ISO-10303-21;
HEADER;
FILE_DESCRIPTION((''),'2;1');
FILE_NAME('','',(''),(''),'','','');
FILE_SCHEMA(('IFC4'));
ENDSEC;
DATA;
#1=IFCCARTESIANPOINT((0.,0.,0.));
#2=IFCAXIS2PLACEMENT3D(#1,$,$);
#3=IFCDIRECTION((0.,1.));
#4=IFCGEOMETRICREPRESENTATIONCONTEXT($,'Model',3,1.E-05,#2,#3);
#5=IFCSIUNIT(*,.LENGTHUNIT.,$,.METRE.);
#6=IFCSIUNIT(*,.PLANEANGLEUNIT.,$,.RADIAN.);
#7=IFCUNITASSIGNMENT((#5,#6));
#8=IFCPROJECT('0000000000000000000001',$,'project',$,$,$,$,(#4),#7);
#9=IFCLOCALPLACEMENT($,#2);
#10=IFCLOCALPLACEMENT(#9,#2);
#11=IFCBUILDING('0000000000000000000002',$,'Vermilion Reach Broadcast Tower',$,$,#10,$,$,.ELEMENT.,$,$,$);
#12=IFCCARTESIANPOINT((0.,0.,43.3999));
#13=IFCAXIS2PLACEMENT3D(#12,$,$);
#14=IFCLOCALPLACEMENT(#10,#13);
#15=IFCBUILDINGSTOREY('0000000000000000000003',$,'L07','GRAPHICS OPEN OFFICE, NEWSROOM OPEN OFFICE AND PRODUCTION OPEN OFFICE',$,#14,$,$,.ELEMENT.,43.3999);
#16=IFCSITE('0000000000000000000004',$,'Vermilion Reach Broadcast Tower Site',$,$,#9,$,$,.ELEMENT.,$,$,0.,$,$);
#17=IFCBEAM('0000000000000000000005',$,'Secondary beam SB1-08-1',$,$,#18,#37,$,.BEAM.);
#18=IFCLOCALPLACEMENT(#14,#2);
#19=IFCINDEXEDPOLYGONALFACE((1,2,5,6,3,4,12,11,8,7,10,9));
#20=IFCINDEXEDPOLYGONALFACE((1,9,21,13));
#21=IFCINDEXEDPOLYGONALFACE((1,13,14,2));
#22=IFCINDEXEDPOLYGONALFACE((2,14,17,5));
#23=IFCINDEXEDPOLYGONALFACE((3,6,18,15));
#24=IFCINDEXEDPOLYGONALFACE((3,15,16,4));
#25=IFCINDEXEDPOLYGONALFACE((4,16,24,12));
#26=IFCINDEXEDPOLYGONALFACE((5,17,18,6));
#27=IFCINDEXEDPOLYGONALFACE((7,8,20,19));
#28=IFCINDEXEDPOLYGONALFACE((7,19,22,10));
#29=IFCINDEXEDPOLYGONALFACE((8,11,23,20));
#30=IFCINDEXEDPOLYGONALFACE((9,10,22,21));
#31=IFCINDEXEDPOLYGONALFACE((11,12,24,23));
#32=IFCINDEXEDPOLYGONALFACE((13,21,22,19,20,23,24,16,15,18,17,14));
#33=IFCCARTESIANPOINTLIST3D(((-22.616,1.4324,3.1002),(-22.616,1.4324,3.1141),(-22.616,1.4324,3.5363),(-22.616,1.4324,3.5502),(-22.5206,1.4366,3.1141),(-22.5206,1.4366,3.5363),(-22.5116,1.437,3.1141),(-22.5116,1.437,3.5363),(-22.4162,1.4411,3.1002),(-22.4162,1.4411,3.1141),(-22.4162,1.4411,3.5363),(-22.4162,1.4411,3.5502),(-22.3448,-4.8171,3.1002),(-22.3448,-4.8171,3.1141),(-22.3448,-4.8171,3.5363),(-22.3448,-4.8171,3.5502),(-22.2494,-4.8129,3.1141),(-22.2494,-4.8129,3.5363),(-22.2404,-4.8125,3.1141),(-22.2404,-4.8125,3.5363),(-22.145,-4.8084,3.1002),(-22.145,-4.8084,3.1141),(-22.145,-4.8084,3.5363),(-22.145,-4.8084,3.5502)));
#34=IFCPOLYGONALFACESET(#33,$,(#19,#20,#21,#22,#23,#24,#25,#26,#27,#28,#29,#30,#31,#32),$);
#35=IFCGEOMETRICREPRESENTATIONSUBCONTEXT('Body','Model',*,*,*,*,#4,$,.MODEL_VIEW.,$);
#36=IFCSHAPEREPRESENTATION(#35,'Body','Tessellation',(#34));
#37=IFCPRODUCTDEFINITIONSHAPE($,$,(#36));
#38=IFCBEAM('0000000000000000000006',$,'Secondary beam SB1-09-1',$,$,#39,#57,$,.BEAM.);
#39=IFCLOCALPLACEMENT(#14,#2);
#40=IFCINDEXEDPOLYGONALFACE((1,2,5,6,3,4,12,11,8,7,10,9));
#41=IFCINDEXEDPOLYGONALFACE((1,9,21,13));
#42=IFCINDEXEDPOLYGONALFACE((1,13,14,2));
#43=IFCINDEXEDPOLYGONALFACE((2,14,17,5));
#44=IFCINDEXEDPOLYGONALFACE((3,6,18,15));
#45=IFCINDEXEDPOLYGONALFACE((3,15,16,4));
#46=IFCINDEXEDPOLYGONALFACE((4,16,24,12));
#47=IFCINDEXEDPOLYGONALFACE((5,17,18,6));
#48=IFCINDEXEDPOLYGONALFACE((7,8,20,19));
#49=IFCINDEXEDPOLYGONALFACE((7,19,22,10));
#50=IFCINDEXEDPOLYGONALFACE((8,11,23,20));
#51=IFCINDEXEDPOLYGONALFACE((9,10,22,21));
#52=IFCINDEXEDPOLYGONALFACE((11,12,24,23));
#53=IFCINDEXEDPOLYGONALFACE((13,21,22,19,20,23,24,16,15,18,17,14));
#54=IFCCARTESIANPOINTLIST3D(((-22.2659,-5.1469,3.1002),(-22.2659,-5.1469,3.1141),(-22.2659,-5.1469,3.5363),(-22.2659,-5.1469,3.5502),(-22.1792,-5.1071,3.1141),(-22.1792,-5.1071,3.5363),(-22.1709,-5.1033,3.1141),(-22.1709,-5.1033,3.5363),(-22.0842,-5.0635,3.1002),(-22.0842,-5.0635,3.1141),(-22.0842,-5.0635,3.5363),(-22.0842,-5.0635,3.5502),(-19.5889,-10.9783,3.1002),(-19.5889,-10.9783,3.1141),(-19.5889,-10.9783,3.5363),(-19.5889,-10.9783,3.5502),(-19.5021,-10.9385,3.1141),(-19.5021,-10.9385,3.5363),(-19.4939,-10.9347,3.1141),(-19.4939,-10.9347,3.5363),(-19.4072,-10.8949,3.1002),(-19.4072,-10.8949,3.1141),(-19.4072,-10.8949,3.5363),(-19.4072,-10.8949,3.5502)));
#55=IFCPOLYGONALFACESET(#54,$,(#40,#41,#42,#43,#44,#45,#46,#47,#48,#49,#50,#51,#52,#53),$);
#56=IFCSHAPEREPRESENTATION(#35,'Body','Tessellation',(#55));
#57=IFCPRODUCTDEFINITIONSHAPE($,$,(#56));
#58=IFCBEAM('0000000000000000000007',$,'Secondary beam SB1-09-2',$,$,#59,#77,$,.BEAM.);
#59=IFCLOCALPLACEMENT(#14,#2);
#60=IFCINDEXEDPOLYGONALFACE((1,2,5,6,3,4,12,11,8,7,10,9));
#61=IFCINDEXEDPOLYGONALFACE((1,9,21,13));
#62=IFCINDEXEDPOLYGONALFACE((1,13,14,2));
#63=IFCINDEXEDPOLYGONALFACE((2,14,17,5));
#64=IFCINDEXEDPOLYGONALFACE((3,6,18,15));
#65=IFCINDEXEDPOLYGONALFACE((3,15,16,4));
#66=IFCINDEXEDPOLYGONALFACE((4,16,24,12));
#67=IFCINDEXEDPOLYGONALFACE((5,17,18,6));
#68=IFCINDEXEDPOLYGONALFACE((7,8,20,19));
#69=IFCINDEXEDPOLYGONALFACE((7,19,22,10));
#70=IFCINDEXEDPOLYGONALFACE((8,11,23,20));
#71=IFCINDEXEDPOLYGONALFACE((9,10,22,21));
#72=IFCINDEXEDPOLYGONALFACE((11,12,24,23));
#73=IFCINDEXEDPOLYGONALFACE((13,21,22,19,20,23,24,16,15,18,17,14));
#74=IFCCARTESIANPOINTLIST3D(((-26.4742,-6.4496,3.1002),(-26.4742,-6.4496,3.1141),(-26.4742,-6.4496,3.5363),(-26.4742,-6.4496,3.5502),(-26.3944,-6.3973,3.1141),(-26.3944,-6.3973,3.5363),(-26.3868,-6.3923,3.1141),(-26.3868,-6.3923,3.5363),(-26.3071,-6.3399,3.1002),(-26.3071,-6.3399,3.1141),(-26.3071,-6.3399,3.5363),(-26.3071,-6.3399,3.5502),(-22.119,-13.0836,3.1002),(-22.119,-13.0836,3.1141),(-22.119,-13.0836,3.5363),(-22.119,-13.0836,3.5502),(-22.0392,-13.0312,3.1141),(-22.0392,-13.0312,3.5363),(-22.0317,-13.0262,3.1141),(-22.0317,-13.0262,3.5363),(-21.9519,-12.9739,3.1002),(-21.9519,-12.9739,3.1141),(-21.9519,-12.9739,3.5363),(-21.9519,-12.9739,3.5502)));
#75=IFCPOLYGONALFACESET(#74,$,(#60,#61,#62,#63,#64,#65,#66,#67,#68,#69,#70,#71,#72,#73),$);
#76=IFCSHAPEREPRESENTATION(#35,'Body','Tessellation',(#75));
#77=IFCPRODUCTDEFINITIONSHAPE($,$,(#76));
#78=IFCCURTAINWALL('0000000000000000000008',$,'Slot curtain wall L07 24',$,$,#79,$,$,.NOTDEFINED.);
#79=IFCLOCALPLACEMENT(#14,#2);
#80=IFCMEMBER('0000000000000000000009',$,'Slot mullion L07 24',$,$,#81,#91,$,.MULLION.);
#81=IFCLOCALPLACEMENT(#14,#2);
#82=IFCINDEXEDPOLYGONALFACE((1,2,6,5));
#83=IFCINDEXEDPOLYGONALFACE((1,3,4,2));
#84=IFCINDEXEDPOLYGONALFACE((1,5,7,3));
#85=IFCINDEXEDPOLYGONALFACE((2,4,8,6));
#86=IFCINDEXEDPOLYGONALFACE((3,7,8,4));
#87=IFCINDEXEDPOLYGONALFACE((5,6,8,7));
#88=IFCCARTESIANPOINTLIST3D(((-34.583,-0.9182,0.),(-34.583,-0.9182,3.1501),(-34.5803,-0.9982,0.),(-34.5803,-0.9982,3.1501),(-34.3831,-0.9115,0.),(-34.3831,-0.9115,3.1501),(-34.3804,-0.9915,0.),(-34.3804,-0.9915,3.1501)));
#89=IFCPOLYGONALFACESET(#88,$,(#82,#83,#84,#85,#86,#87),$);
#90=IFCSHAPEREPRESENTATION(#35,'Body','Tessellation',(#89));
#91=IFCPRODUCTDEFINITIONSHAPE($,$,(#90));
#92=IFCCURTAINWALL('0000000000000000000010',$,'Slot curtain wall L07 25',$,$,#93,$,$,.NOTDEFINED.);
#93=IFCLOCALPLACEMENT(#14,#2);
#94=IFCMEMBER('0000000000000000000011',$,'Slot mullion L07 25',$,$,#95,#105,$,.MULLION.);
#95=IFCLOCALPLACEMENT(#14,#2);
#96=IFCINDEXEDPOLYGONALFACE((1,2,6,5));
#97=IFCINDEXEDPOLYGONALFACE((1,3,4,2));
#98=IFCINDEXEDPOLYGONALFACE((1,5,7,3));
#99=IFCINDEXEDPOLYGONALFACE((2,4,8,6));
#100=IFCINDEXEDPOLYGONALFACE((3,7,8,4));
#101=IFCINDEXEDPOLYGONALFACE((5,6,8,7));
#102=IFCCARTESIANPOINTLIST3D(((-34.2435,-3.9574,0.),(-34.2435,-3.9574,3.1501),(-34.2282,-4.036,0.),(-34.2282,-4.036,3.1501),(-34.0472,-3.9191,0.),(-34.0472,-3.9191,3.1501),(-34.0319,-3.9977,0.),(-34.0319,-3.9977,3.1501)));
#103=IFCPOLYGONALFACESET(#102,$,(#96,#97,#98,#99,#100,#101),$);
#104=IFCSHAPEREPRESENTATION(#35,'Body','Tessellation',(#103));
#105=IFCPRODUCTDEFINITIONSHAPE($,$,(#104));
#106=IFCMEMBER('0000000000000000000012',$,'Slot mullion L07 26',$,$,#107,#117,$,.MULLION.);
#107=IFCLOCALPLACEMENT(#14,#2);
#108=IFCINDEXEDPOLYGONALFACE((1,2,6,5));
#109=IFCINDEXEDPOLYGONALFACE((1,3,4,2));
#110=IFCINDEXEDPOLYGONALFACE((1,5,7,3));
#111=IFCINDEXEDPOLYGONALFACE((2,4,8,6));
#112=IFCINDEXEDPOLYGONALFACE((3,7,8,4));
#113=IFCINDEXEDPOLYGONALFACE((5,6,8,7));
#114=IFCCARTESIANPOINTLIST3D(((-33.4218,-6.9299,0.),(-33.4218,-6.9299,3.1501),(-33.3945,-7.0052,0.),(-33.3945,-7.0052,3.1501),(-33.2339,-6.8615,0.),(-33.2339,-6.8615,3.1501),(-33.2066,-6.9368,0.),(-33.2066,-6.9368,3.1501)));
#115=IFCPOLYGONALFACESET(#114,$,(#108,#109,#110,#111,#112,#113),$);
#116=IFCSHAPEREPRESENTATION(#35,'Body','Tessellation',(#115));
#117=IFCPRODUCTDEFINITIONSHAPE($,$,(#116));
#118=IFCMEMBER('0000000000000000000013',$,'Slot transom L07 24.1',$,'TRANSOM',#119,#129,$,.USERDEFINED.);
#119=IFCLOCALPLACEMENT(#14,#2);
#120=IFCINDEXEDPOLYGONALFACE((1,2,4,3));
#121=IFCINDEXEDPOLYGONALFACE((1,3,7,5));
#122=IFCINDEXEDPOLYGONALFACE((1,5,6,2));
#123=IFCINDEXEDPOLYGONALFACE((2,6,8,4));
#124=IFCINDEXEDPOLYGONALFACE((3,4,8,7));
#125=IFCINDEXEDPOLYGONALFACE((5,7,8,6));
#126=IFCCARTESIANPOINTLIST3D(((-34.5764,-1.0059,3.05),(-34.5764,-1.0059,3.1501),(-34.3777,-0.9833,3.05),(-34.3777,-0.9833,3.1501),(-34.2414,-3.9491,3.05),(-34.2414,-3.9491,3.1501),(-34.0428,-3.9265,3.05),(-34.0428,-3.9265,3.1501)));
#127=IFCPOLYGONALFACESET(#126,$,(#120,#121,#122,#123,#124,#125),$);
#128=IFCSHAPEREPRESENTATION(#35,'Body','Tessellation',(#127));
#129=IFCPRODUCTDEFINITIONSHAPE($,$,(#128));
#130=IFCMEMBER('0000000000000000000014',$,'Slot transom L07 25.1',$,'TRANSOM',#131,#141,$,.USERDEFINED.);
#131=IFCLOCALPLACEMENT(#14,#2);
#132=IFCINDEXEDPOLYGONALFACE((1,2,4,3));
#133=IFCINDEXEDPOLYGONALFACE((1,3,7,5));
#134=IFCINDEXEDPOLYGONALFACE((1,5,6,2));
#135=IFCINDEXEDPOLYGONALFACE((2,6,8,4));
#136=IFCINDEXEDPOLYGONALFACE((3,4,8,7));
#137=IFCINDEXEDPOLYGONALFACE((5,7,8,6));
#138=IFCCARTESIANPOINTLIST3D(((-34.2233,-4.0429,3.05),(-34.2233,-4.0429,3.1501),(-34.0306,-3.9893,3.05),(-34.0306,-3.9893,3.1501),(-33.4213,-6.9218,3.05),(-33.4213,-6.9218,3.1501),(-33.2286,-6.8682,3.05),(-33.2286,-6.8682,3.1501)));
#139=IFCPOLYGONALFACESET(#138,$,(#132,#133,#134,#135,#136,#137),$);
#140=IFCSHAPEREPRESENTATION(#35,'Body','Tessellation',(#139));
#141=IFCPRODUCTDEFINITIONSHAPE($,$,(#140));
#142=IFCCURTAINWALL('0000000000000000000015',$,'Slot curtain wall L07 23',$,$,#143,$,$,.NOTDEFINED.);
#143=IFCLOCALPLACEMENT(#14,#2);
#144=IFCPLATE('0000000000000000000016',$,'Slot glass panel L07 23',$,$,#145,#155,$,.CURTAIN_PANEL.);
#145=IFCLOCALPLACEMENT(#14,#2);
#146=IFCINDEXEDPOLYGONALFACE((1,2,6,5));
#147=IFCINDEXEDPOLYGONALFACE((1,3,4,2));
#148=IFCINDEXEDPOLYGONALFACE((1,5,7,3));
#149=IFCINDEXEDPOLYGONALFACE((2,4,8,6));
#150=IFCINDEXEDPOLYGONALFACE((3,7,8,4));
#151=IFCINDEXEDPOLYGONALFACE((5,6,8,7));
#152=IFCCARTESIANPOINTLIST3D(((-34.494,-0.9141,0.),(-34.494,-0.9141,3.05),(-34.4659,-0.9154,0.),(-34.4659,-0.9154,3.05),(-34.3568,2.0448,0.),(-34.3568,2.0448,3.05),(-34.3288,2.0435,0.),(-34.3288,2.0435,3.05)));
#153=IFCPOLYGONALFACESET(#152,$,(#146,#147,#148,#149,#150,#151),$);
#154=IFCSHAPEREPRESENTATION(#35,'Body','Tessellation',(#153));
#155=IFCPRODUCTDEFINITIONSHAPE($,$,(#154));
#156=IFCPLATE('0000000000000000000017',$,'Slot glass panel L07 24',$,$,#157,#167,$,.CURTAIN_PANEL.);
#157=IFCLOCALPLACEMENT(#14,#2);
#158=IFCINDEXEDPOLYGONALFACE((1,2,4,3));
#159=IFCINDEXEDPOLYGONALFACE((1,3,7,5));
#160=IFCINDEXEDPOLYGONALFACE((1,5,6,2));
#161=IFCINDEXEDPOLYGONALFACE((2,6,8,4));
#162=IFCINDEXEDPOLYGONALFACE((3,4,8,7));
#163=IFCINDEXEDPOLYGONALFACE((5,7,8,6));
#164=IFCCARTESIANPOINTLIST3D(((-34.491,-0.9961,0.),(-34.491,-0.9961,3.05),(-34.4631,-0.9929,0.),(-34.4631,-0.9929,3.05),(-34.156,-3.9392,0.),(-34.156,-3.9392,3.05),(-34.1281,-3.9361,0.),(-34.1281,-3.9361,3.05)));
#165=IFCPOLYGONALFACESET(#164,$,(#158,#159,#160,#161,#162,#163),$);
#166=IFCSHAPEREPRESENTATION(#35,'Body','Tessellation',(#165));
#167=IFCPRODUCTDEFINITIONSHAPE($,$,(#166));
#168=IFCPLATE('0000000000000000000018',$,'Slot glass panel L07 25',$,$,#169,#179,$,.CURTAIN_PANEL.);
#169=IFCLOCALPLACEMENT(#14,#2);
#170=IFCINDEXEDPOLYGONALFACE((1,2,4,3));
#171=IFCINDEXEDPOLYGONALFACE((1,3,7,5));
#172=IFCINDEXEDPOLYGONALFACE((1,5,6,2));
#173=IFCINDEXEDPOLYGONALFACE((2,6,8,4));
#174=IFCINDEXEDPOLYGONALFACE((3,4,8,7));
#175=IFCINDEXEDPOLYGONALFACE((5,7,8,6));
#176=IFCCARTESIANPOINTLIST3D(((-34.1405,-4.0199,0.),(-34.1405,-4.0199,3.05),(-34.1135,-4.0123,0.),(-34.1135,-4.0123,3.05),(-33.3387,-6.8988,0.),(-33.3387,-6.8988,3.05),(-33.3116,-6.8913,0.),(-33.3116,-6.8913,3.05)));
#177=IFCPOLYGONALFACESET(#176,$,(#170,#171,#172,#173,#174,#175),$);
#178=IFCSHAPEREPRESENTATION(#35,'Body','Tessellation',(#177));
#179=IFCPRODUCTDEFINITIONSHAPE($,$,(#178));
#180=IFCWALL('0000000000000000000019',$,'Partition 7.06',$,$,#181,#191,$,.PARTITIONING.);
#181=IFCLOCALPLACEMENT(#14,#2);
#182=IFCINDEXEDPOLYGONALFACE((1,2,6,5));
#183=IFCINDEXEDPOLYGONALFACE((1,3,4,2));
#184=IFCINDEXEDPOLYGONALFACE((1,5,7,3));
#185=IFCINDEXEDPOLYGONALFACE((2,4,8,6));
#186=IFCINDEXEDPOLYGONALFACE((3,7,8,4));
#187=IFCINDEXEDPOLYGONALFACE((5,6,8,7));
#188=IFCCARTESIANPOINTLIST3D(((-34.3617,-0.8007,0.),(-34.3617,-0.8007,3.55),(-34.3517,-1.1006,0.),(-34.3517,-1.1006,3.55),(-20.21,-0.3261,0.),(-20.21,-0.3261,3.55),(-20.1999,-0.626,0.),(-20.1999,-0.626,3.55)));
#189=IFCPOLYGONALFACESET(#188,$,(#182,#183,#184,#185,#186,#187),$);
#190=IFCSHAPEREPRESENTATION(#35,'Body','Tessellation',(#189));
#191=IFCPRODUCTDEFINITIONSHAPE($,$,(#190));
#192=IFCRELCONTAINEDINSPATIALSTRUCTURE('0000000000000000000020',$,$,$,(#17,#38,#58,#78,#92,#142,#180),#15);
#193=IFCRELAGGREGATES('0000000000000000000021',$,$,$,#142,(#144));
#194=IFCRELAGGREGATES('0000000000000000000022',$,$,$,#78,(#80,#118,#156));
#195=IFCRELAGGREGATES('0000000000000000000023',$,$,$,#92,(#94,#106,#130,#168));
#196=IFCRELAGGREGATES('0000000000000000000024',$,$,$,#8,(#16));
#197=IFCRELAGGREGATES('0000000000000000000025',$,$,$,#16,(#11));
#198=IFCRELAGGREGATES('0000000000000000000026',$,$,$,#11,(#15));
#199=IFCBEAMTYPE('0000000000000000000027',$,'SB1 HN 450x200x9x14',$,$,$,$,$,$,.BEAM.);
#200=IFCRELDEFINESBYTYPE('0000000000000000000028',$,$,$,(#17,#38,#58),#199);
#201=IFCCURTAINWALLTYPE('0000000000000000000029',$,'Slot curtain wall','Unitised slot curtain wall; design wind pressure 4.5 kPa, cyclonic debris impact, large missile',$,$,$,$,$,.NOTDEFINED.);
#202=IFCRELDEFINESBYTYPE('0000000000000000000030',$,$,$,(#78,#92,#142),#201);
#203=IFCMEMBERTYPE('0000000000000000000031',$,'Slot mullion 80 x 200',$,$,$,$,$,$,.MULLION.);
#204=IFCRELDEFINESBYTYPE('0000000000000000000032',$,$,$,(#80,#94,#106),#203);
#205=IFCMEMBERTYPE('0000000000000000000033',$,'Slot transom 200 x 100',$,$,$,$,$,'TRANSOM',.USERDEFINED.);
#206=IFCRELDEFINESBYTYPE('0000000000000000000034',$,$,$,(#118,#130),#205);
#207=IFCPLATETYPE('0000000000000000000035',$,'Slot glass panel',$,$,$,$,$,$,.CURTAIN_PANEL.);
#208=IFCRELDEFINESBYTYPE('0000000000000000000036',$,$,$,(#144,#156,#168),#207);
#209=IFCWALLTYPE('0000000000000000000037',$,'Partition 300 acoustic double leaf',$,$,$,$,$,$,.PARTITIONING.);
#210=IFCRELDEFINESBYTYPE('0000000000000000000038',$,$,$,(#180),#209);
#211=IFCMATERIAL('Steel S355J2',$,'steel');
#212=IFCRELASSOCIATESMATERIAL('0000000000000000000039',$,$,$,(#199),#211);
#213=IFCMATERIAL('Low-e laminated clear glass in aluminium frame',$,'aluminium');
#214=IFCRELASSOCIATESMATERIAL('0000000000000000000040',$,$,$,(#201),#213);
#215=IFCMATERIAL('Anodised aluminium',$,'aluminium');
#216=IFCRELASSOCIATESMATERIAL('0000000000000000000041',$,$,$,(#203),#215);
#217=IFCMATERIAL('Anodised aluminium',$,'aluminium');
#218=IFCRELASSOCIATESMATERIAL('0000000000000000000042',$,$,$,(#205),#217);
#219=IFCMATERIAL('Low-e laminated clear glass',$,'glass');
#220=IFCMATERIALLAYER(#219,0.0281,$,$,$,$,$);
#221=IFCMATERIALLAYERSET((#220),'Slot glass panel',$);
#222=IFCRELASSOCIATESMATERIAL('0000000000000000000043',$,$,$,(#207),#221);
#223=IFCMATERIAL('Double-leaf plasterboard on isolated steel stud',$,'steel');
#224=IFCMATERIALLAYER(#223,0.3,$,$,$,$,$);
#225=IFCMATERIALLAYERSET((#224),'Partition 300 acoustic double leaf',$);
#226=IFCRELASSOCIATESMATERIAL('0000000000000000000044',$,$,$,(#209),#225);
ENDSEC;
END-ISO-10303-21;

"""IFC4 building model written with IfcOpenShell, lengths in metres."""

from ifc_helpers import new_model, si_unit, direction, frame, frame_2d, origin, origin_2d, place, context, subcontext, project, spatial, rectangle, i_section, extrude, material, layer, layer_set, material_profile, profile_set, type_object, element, aggregate, save


model = new_model("IFC4")

# Units and contexts
model_context = context("Model", 3, precision=1e-05, world=origin(), true_north=direction((0.0, 1.0)))
body_context = subcontext(model_context, "Body", "Model", "MODEL_VIEW")
ifc_project = project(units=[si_unit("LENGTHUNIT", "METRE"), si_unit("PLANEANGLEUNIT", "RADIAN")], contexts=[model_context])

# Site, building, storey
site_placement = place(None, origin())
site = spatial("IfcSite", under=ifc_project, at=site_placement, Name="Vermilion Reach Broadcast Tower Site", CompositionType="ELEMENT", RefElevation=0.0)
building_placement = place(site_placement, origin())
building = spatial("IfcBuilding", under=site, at=building_placement, Name="Vermilion Reach Broadcast Tower", CompositionType="ELEMENT")
storey_placement = place(building_placement, frame((0.0, 0.0, 43.3999)))
storey = spatial("IfcBuildingStorey", under=building, at=storey_placement, Name="L07", Description="GRAPHICS OPEN OFFICE, NEWSROOM OPEN OFFICE AND PRODUCTION OPEN OFFICE", CompositionType="ELEMENT", Elevation=43.3999)

# Beams
ifc_material_1 = material(Name="Steel S355J2", Category="steel")
ifc_material_profile_1 = material_profile(ifc_material_1, i_section(OverallWidth=0.2, OverallDepth=0.45, WebThickness=0.009, FlangeThickness=0.0139, at=origin_2d()), Name="S355J2 HN 450x200x9x14")
ifc_profile_set_1 = profile_set([ifc_material_profile_1], Name="Steel S355J2")
beam_type_1 = type_object("IfcBeamType", Name="SB1 HN 450x200x9x14", PredefinedType="BEAM", material=ifc_profile_set_1)
beam_1_placement = place(storey_placement, frame((-22.5161, 1.4368, 3.3252), z_axis=(0.043361, -0.999059, 0.0), x_axis=(0.999059, 0.043361, 0.0)))
element("IfcBeam", 1, at=beam_1_placement, inside=storey, type_object=beam_type_1, Name="Secondary beam SB1-08-1", PredefinedType="BEAM", context=body_context, shape_type="SweptSolid", body=[
    extrude(i_section(OverallWidth=0.2, OverallDepth=0.45, WebThickness=0.009, FlangeThickness=0.0139, at=origin_2d()), origin(), (0.0, 0.0, 1.0), 6.2554),
])
beam_2_placement = place(storey_placement, frame((-22.175, -5.1052, 3.3252), z_axis=(0.417211, -0.908809, 0.0), x_axis=(0.908809, 0.417211, 0.0)))
element("IfcBeam", 2, at=beam_2_placement, inside=storey, type_object=beam_type_1, Name="Secondary beam SB1-09-1", PredefinedType="BEAM", context=body_context, shape_type="SweptSolid", body=[
    extrude(i_section(OverallWidth=0.2, OverallDepth=0.45, WebThickness=0.009, FlangeThickness=0.0139, at=origin_2d()), origin(), (0.0, 0.0, 1.0), 6.4165),
])
beam_3_placement = place(storey_placement, frame((-26.3906, -6.3948, 3.3252), z_axis=(0.548801, -0.835953, 0.0), x_axis=(0.835953, 0.548801, 0.0)))
element("IfcBeam", 3, at=beam_3_placement, inside=storey, type_object=beam_type_1, Name="Secondary beam SB1-09-2", PredefinedType="BEAM", context=body_context, shape_type="SweptSolid", body=[
    extrude(i_section(OverallWidth=0.2, OverallDepth=0.45, WebThickness=0.009, FlangeThickness=0.0139, at=origin_2d()), origin(), (0.0, 0.0, 1.0), 7.9358),
])

# Curtain wall, member
ifc_material_2 = material(Name="Low-e laminated clear glass in aluminium frame", Category="aluminium")
curtain_wall_type = type_object("IfcCurtainWallType", Name="Slot curtain wall", Description="Unitised slot curtain wall; design wind pressure 4.5 kPa, cyclonic debris impact, large missile", PredefinedType="NOTDEFINED", material=ifc_material_2)
placement = place(storey_placement, origin())
curtain_wall_1 = element("IfcCurtainWall", 4, at=placement, inside=storey, type_object=curtain_wall_type, Name="Slot curtain wall L07 24", PredefinedType="NOTDEFINED")
ifc_material_3 = material(Name="Anodised aluminium", Category="aluminium")
ifc_material_profile_2 = material_profile(ifc_material_3, rectangle(XDim=0.2, YDim=0.0801, at=origin_2d()), Name="Slot mullion 80 x 200")
ifc_profile_set_2 = profile_set([ifc_material_profile_2], Name="Anodised aluminium")
member_type_1 = type_object("IfcMemberType", Name="Slot mullion 80 x 200", PredefinedType="MULLION", material=ifc_profile_set_2)
member_1_placement = place(storey_placement, frame((-34.4817, -0.9548, 0.0), z_axis=(0.0, 0.0, 1.0), x_axis=(0.999439, 0.033504, 0.0)))
member_1 = element("IfcMember", 5, at=member_1_placement, type_object=member_type_1, Name="Slot mullion L07 24", PredefinedType="MULLION", context=body_context, shape_type="SweptSolid", body=[
    extrude(rectangle(XDim=0.2, YDim=0.0801, at=origin_2d()), origin(), (0.0, 0.0, 1.0), 3.1501),
])

# Curtain wall, members
curtain_wall_2 = element("IfcCurtainWall", 6, at=placement, inside=storey, type_object=curtain_wall_type, Name="Slot curtain wall L07 25", PredefinedType="NOTDEFINED")
member_2_placement = place(storey_placement, frame((-34.1377, -3.9775, 0.0), z_axis=(0.0, 0.0, 1.0), x_axis=(0.981531, 0.191304, 0.0)))
member_2 = element("IfcMember", 7, at=member_2_placement, type_object=member_type_1, Name="Slot mullion L07 25", PredefinedType="MULLION", context=body_context, shape_type="SweptSolid", body=[
    extrude(rectangle(XDim=0.2, YDim=0.0801, at=origin_2d()), origin(), (0.0, 0.0, 1.0), 3.1501),
])
member_3_placement = place(storey_placement, frame((-33.3142, -6.9333, 0.0), z_axis=(0.0, 0.0, 1.0), x_axis=(0.939732, 0.341912, 0.0)))
member_3 = element("IfcMember", 8, at=member_3_placement, type_object=member_type_1, Name="Slot mullion L07 26", PredefinedType="MULLION", context=body_context, shape_type="SweptSolid", body=[
    extrude(rectangle(XDim=0.2, YDim=0.0801, at=origin_2d()), origin(), (0.0, 0.0, 1.0), 3.1501),
])

# Members
ifc_material_4 = material(Name="Anodised aluminium", Category="aluminium")
ifc_material_profile_3 = material_profile(ifc_material_4, rectangle(XDim=0.2, YDim=0.1001, at=origin_2d()), Name="Slot transom 200 x 100")
ifc_profile_set_3 = profile_set([ifc_material_profile_3], Name="Anodised aluminium")
member_type_2 = type_object("IfcMemberType", Name="Slot transom 200 x 100", ElementType="TRANSOM", PredefinedType="USERDEFINED", material=ifc_profile_set_3)
member_4_placement = place(storey_placement, frame((-34.4771, -0.9946, 3.1001), z_axis=(0.113082, -0.993586, 0.0), x_axis=(0.993586, 0.113082, 0.0)))
member_4 = element("IfcMember", 9, at=member_4_placement, type_object=member_type_2, Name="Slot transom L07 24.1", ObjectType="TRANSOM", PredefinedType="USERDEFINED", context=body_context, shape_type="SweptSolid", body=[
    extrude(rectangle(XDim=0.2, YDim=0.1001, at=origin_2d()), origin(), (0.0, 0.0, 1.0), 2.9622),
])
member_5_placement = place(storey_placement, frame((-34.127, -4.0161, 3.1001), z_axis=(0.26836, -0.963319, 0.0), x_axis=(0.963319, 0.26836, 0.0)))
member_5 = element("IfcMember", 10, at=member_5_placement, type_object=member_type_2, Name="Slot transom L07 25.1", ObjectType="TRANSOM", PredefinedType="USERDEFINED", context=body_context, shape_type="SweptSolid", body=[
    extrude(rectangle(XDim=0.2, YDim=0.1001, at=origin_2d()), origin(), (0.0, 0.0, 1.0), 2.9885),
])

# Curtain wall, plate
curtain_wall_3 = element("IfcCurtainWall", 11, at=placement, inside=storey, type_object=curtain_wall_type, Name="Slot curtain wall L07 23", PredefinedType="NOTDEFINED")
ifc_material_5 = material(Name="Low-e laminated clear glass", Category="glass")
ifc_layer_1 = layer(ifc_material_5, 0.0281)
ifc_layer_set_1 = layer_set([ifc_layer_1], Name="Slot glass panel")
plate_type = type_object("IfcPlateType", Name="Slot glass panel", PredefinedType="CURTAIN_PANEL", material=ifc_layer_set_1)
plate_1_placement = place(storey_placement, frame((-34.4114, 0.5647, 0.0), z_axis=(0.0, 0.0, 1.0), x_axis=(-0.046291, -0.998928, 0.0)))
plate_1 = element("IfcPlate", 12, at=plate_1_placement, type_object=plate_type, Name="Slot glass panel L07 23", PredefinedType="CURTAIN_PANEL", context=body_context, shape_type="SweptSolid", body=[
    extrude(rectangle(XDim=2.9622, YDim=0.0281, at=origin_2d()), origin(), (0.0, 0.0, 1.0), 3.05),
])
aggregate(curtain_wall_3, [plate_1])

# Plates
plate_2_placement = place(storey_placement, frame((-34.3096, -2.4661, 0.0), z_axis=(0.0, 0.0, 1.0), x_axis=(0.113086, -0.993585, 0.0)))
plate_2 = element("IfcPlate", 13, at=plate_2_placement, type_object=plate_type, Name="Slot glass panel L07 24", PredefinedType="CURTAIN_PANEL", context=body_context, shape_type="SweptSolid", body=[
    extrude(rectangle(XDim=2.9622, YDim=0.0281, at=origin_2d()), origin(), (0.0, 0.0, 1.0), 3.05),
])
aggregate(curtain_wall_1, [member_1, member_4, plate_2])
plate_3_placement = place(storey_placement, frame((-33.7261, -5.4556, 0.0), z_axis=(0.0, 0.0, 1.0), x_axis=(0.268324, -0.963329, 0.0)))
plate_3 = element("IfcPlate", 14, at=plate_3_placement, type_object=plate_type, Name="Slot glass panel L07 25", PredefinedType="CURTAIN_PANEL", context=body_context, shape_type="SweptSolid", body=[
    extrude(rectangle(XDim=2.9885, YDim=0.0281, at=origin_2d()), origin(), (0.0, 0.0, 1.0), 3.05),
])
aggregate(curtain_wall_2, [member_2, member_3, member_5, plate_3])

# Wall
ifc_material_6 = material(Name="Double-leaf plasterboard on isolated steel stud", Category="steel")
ifc_layer_2 = layer(ifc_material_6, 0.3)
ifc_layer_set_2 = layer_set([ifc_layer_2], Name="Partition 300 acoustic double leaf")
wall_type_1 = type_object("IfcWallType", Name="Partition 300 acoustic double leaf", PredefinedType="PARTITIONING", material=ifc_layer_set_2)
wall_1_placement = place(storey_placement, frame((-34.3567, -0.9507, 0.0), z_axis=(0.0, 0.0, 1.0), x_axis=(0.999438, 0.033519, 0.0)))
element("IfcWall", 15, at=wall_1_placement, inside=storey, type_object=wall_type_1, Name="Partition 7.06", PredefinedType="PARTITIONING", context=body_context, shape_type="SweptSolid", body=[
    extrude(rectangle(XDim=14.1597, YDim=0.3, at=frame_2d((7.0798, 0.0))), origin(), (0.0, 0.0, 1.0), 3.55),
])

save(model, "model.ifc")
